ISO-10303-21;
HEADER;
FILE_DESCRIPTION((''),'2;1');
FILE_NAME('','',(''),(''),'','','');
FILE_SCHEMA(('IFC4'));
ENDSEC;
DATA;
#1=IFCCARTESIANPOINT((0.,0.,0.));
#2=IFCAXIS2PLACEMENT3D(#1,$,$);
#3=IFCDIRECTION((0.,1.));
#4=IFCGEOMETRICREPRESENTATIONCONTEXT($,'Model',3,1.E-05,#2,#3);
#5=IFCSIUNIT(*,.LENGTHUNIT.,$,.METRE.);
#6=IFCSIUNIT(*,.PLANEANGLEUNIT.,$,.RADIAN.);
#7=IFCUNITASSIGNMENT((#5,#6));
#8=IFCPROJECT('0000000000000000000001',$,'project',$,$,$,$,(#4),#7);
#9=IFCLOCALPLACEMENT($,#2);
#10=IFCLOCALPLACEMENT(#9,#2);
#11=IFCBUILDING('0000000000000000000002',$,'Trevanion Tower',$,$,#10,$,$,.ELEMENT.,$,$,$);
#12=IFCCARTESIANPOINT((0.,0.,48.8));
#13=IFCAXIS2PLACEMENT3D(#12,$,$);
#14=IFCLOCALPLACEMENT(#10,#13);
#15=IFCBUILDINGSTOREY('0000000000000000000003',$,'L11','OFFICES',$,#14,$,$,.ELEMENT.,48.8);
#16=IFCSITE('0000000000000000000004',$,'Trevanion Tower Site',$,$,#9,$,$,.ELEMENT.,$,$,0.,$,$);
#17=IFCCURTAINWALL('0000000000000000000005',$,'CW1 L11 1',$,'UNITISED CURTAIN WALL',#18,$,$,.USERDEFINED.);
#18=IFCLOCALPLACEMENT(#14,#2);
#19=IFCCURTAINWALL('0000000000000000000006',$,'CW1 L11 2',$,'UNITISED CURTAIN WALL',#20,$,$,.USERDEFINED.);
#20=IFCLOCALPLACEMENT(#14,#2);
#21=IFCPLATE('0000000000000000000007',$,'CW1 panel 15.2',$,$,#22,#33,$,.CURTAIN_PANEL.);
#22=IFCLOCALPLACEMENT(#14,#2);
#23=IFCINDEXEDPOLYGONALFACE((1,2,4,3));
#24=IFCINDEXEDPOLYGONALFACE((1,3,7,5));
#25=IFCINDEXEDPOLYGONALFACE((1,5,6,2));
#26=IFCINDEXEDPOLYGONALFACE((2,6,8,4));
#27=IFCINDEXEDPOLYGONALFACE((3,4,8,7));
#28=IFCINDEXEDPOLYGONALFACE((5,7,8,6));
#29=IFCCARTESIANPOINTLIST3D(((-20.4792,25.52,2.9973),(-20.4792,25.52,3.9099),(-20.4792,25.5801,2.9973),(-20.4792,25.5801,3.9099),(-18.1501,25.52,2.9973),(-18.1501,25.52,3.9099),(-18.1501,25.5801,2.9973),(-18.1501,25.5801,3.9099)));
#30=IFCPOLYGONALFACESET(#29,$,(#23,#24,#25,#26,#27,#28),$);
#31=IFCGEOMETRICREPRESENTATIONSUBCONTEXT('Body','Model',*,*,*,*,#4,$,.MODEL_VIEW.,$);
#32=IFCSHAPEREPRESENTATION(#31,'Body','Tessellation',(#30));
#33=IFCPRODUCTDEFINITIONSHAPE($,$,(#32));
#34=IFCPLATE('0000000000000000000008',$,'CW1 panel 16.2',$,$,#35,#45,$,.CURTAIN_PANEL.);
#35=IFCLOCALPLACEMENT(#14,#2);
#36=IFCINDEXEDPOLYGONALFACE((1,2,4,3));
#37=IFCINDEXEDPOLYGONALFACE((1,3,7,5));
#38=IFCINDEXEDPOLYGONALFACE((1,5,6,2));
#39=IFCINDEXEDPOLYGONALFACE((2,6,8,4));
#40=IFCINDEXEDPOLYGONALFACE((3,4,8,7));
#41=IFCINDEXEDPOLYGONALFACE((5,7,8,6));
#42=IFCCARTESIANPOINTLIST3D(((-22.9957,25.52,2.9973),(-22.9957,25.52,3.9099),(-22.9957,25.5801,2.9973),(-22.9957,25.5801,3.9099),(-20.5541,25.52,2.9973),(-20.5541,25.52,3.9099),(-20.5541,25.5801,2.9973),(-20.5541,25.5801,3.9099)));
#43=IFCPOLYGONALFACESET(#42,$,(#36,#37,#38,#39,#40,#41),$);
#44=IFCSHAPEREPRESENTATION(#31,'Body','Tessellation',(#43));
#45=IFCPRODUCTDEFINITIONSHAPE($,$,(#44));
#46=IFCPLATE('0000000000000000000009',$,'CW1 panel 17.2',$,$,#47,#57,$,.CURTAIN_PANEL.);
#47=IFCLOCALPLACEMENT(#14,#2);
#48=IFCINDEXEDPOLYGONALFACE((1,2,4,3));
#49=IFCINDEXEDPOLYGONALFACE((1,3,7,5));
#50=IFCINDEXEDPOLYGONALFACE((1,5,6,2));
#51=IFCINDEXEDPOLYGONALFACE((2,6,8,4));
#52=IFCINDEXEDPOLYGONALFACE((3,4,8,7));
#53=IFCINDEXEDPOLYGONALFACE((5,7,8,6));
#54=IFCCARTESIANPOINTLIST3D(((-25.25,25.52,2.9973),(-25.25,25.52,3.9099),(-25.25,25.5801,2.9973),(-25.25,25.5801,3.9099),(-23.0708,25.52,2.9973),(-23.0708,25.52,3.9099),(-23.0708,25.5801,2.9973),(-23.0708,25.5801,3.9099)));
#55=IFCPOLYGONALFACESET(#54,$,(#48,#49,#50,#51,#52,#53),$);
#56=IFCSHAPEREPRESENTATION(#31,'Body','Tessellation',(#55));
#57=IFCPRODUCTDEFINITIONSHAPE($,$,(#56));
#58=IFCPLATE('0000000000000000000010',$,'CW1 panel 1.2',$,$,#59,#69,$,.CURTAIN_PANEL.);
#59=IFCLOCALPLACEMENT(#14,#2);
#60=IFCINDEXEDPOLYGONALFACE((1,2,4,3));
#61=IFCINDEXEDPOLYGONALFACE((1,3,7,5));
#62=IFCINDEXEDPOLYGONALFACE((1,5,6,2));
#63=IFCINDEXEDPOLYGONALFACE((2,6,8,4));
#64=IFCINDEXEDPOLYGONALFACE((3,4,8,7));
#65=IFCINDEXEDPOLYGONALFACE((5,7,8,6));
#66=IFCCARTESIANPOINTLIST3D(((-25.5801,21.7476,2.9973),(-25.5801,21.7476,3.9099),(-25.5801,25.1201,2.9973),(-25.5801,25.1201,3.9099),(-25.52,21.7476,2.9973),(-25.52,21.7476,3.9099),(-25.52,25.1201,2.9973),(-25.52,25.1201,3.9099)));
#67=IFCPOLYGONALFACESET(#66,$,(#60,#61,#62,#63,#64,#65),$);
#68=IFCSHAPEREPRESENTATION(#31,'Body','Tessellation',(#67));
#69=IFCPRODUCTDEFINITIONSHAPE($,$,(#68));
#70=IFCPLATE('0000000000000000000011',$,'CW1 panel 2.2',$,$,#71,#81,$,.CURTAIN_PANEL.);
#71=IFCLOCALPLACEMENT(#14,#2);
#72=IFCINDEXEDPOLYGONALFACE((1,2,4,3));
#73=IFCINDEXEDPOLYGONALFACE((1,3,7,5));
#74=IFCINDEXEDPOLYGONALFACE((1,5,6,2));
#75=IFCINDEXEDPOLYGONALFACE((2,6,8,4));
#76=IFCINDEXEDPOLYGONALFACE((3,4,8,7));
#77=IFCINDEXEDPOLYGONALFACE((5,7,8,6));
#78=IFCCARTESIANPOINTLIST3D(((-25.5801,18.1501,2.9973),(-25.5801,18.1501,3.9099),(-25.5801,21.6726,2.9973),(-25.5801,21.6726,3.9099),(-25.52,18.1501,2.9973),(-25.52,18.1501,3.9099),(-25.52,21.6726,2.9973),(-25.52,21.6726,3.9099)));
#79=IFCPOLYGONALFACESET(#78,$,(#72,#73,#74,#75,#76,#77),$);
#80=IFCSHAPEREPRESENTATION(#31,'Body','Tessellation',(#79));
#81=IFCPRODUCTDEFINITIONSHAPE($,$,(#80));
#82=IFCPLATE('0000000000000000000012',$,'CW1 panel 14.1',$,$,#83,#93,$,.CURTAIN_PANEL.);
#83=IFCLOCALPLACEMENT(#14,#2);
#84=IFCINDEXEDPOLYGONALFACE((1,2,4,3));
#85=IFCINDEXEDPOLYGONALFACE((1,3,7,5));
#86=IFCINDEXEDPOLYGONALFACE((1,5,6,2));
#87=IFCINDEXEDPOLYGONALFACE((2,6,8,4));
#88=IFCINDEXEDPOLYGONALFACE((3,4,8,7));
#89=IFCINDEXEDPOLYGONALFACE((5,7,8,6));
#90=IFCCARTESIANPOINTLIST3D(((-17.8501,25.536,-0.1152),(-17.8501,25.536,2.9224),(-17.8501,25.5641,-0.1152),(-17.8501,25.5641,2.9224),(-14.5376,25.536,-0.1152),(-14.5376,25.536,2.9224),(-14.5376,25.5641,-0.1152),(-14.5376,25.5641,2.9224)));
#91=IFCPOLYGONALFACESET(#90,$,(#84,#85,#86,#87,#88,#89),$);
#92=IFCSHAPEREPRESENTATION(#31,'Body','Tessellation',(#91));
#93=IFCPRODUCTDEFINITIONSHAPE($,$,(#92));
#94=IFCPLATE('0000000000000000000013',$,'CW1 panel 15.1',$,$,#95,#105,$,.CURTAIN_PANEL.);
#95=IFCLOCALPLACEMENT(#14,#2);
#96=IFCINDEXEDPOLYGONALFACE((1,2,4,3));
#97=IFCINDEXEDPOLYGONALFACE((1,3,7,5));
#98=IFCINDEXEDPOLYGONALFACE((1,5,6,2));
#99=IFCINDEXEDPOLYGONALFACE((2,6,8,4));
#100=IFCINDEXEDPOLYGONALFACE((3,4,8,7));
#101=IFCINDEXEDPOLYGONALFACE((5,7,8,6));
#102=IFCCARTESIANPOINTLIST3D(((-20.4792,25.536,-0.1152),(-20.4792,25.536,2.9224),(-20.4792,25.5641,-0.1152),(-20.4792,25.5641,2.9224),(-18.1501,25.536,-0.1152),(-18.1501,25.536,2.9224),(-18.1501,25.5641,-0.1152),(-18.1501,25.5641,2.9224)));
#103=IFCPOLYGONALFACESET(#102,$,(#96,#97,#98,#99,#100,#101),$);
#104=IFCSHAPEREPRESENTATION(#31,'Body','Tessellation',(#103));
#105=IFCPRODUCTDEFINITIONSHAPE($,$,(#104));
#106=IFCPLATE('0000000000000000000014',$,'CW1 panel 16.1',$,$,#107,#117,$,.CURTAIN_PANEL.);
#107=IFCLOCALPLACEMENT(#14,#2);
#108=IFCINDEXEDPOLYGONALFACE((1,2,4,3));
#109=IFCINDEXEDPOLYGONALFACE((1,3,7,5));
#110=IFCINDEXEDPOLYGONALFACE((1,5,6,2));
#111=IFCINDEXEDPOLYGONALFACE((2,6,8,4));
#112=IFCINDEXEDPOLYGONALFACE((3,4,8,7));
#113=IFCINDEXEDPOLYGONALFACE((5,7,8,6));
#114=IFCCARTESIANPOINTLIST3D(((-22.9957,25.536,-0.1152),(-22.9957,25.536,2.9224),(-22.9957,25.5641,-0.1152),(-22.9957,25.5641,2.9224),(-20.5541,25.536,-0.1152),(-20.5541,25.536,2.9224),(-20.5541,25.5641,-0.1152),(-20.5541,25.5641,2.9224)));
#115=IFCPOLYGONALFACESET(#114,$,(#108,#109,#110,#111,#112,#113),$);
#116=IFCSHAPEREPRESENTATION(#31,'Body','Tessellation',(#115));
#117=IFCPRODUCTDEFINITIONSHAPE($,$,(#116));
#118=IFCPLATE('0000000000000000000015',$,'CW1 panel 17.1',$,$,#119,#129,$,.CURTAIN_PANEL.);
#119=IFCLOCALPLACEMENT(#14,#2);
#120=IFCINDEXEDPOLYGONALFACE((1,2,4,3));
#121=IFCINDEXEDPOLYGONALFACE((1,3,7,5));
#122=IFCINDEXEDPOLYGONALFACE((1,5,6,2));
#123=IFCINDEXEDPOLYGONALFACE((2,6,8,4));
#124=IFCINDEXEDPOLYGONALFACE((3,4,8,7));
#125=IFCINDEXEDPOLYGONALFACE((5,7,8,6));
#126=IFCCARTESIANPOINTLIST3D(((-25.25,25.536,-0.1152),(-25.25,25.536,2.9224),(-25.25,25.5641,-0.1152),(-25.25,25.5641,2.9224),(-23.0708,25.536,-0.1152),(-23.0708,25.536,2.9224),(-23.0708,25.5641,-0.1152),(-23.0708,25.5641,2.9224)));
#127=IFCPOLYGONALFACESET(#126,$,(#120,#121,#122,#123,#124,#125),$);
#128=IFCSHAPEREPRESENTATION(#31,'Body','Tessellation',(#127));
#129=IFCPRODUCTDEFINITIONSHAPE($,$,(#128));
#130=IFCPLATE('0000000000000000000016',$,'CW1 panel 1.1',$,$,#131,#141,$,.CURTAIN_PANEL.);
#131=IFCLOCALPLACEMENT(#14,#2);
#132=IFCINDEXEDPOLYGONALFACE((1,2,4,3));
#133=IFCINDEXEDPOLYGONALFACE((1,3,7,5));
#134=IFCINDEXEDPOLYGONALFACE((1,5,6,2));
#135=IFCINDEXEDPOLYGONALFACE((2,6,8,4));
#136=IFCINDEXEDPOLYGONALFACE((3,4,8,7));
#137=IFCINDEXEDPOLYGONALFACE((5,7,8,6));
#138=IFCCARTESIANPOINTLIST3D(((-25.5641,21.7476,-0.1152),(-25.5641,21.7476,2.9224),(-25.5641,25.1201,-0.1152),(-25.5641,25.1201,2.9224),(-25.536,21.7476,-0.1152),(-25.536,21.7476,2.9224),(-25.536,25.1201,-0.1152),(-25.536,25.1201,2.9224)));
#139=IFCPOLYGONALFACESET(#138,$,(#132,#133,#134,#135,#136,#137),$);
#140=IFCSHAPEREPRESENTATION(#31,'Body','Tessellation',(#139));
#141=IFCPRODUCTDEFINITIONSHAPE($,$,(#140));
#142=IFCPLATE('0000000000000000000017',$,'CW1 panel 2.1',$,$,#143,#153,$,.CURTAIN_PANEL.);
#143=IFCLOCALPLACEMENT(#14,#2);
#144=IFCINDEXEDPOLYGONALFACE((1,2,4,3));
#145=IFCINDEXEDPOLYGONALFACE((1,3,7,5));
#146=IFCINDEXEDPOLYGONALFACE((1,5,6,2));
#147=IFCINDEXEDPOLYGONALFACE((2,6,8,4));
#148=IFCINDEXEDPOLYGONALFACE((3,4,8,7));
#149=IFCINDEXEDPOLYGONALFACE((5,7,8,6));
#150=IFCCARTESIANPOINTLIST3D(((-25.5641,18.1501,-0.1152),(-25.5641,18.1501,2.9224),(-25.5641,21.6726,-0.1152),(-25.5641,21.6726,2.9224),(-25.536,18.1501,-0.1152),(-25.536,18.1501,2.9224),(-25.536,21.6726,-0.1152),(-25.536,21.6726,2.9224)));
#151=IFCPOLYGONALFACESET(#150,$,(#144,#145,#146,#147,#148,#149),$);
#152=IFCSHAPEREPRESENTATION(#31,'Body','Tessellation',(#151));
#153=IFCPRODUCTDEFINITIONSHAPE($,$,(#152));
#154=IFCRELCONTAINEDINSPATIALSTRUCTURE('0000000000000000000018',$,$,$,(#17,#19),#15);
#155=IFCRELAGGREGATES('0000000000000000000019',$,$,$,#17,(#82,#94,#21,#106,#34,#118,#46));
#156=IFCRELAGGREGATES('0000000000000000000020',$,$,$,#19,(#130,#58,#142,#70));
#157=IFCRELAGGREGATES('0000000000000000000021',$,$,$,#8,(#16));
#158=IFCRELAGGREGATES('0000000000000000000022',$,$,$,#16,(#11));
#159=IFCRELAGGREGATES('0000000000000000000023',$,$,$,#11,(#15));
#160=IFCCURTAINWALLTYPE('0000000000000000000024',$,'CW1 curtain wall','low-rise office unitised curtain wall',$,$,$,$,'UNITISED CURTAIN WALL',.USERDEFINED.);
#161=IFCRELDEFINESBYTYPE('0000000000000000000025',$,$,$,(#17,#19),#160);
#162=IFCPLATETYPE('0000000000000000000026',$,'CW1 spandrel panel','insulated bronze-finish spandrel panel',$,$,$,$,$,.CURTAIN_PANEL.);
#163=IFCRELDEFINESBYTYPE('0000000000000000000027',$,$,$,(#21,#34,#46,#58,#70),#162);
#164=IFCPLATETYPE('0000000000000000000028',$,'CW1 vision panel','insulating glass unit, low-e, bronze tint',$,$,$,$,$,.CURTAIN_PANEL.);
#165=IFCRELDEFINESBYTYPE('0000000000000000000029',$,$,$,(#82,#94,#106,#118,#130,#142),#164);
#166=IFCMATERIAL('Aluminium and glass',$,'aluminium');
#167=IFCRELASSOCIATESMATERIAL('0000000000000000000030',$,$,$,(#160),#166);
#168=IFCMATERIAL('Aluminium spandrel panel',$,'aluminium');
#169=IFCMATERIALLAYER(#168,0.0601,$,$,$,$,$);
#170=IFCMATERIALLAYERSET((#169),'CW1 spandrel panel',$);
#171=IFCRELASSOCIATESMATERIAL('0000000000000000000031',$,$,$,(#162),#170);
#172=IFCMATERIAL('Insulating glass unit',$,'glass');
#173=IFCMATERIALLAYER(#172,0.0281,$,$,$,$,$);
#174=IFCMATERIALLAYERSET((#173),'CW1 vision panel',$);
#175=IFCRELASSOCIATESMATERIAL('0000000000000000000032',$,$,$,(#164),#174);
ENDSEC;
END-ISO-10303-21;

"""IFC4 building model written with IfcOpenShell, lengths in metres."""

from ifc_helpers import new_model, si_unit, direction, frame, origin, origin_2d, place, context, subcontext, project, spatial, rectangle, extrude, material, layer, layer_set, type_object, element, aggregate, save


model = new_model("IFC4")

# Units and contexts
model_context = context("Model", 3, precision=1e-05, world=origin(), true_north=direction((0.0, 1.0)))
body_context = subcontext(model_context, "Body", "Model", "MODEL_VIEW")
ifc_project = project(units=[si_unit("LENGTHUNIT", "METRE"), si_unit("PLANEANGLEUNIT", "RADIAN")], contexts=[model_context])

# Site, building, storey
site_placement = place(None, origin())
site = spatial("IfcSite", under=ifc_project, at=site_placement, Name="Trevanion Tower Site", CompositionType="ELEMENT", RefElevation=0.0)
building_placement = place(site_placement, origin())
building = spatial("IfcBuilding", under=site, at=building_placement, Name="Trevanion Tower", CompositionType="ELEMENT")
storey_placement = place(building_placement, frame((0.0, 0.0, 48.8)))
storey = spatial("IfcBuildingStorey", under=building, at=storey_placement, Name="L11", Description="OFFICES", CompositionType="ELEMENT", Elevation=48.8)

# Curtain wall
ifc_material_1 = material(Name="Aluminium and glass", Category="aluminium")
curtain_wall_type = type_object("IfcCurtainWallType", Name="CW1 curtain wall", Description="low-rise office unitised curtain wall", ElementType="UNITISED CURTAIN WALL", PredefinedType="USERDEFINED", material=ifc_material_1)
curtain_wall_1_placement = place(storey_placement, origin())
curtain_wall_1 = element("IfcCurtainWall", 1, at=curtain_wall_1_placement, inside=storey, type_object=curtain_wall_type, Name="CW1 L11 1", ObjectType="UNITISED CURTAIN WALL", PredefinedType="USERDEFINED")

# Curtain wall
curtain_wall_2_placement = place(storey_placement, origin())
curtain_wall_2 = element("IfcCurtainWall", 2, at=curtain_wall_2_placement, inside=storey, type_object=curtain_wall_type, Name="CW1 L11 2", ObjectType="UNITISED CURTAIN WALL", PredefinedType="USERDEFINED")

# Plates
ifc_material_2 = material(Name="Aluminium spandrel panel", Category="aluminium")
ifc_layer_1 = layer(ifc_material_2, 0.0601)
ifc_layer_set_1 = layer_set([ifc_layer_1], Name="CW1 spandrel panel")
plate_type_1 = type_object("IfcPlateType", Name="CW1 spandrel panel", Description="insulated bronze-finish spandrel panel", PredefinedType="CURTAIN_PANEL", material=ifc_layer_set_1)
plate_1_placement = place(storey_placement, frame((-19.3147, 25.55, 2.9973), z_axis=(0.0, 0.0, 1.0), x_axis=(-1.0, 0.0, 0.0)))
plate_1 = element("IfcPlate", 3, at=plate_1_placement, type_object=plate_type_1, Name="CW1 panel 15.2", PredefinedType="CURTAIN_PANEL", context=body_context, shape_type="SweptSolid", body=[
    extrude(rectangle(XDim=2.3291, YDim=0.0601, at=origin_2d()), origin(), (0.0, 0.0, 1.0), 0.9126),
])
plate_2_placement = place(storey_placement, frame((-21.7749, 25.55, 2.9973), z_axis=(0.0, 0.0, 1.0), x_axis=(-1.0, 0.0, 0.0)))
plate_2 = element("IfcPlate", 4, at=plate_2_placement, type_object=plate_type_1, Name="CW1 panel 16.2", PredefinedType="CURTAIN_PANEL", context=body_context, shape_type="SweptSolid", body=[
    extrude(rectangle(XDim=2.4417, YDim=0.0601, at=origin_2d()), origin(), (0.0, 0.0, 1.0), 0.9126),
])
plate_3_placement = place(storey_placement, frame((-24.1604, 25.55, 2.9973), z_axis=(0.0, 0.0, 1.0), x_axis=(-1.0, 0.0, 0.0)))
plate_3 = element("IfcPlate", 5, at=plate_3_placement, type_object=plate_type_1, Name="CW1 panel 17.2", PredefinedType="CURTAIN_PANEL", context=body_context, shape_type="SweptSolid", body=[
    extrude(rectangle(XDim=2.1792, YDim=0.0601, at=origin_2d()), origin(), (0.0, 0.0, 1.0), 0.9126),
])
plate_4_placement = place(storey_placement, frame((-25.55, 23.4338, 2.9973), z_axis=(0.0, 0.0, 1.0), x_axis=(0.0, -1.0, 0.0)))
plate_4 = element("IfcPlate", 6, at=plate_4_placement, type_object=plate_type_1, Name="CW1 panel 1.2", PredefinedType="CURTAIN_PANEL", context=body_context, shape_type="SweptSolid", body=[
    extrude(rectangle(XDim=3.3726, YDim=0.0601, at=origin_2d()), origin(), (0.0, 0.0, 1.0), 0.9126),
])
plate_5_placement = place(storey_placement, frame((-25.55, 19.9114, 2.9973), z_axis=(0.0, 0.0, 1.0), x_axis=(0.0, -1.0, 0.0)))
plate_5 = element("IfcPlate", 7, at=plate_5_placement, type_object=plate_type_1, Name="CW1 panel 2.2", PredefinedType="CURTAIN_PANEL", context=body_context, shape_type="SweptSolid", body=[
    extrude(rectangle(XDim=3.5225, YDim=0.0601, at=origin_2d()), origin(), (0.0, 0.0, 1.0), 0.9126),
])
ifc_material_3 = material(Name="Insulating glass unit", Category="glass")
ifc_layer_2 = layer(ifc_material_3, 0.0281)
ifc_layer_set_2 = layer_set([ifc_layer_2], Name="CW1 vision panel")
plate_type_2 = type_object("IfcPlateType", Name="CW1 vision panel", Description="insulating glass unit, low-e, bronze tint", PredefinedType="CURTAIN_PANEL", material=ifc_layer_set_2)
plate_6_placement = place(storey_placement, frame((-16.1938, 25.55, -0.1152), z_axis=(0.0, 0.0, 1.0), x_axis=(-1.0, 0.0, 0.0)))
plate_6 = element("IfcPlate", 8, at=plate_6_placement, type_object=plate_type_2, Name="CW1 panel 14.1", PredefinedType="CURTAIN_PANEL", context=body_context, shape_type="SweptSolid", body=[
    extrude(rectangle(XDim=3.3125, YDim=0.0281, at=origin_2d()), origin(), (0.0, 0.0, 1.0), 3.0376),
])
plate_7_placement = place(storey_placement, frame((-19.3147, 25.55, -0.1152), z_axis=(0.0, 0.0, 1.0), x_axis=(-1.0, 0.0, 0.0)))
plate_7 = element("IfcPlate", 9, at=plate_7_placement, type_object=plate_type_2, Name="CW1 panel 15.1", PredefinedType="CURTAIN_PANEL", context=body_context, shape_type="SweptSolid", body=[
    extrude(rectangle(XDim=2.3291, YDim=0.0281, at=origin_2d()), origin(), (0.0, 0.0, 1.0), 3.0376),
])
plate_8_placement = place(storey_placement, frame((-21.7749, 25.55, -0.1152), z_axis=(0.0, 0.0, 1.0), x_axis=(-1.0, 0.0, 0.0)))
plate_8 = element("IfcPlate", 10, at=plate_8_placement, type_object=plate_type_2, Name="CW1 panel 16.1", PredefinedType="CURTAIN_PANEL", context=body_context, shape_type="SweptSolid", body=[
    extrude(rectangle(XDim=2.4417, YDim=0.0281, at=origin_2d()), origin(), (0.0, 0.0, 1.0), 3.0376),
])
plate_9_placement = place(storey_placement, frame((-24.1604, 25.55, -0.1152), z_axis=(0.0, 0.0, 1.0), x_axis=(-1.0, 0.0, 0.0)))
plate_9 = element("IfcPlate", 11, at=plate_9_placement, type_object=plate_type_2, Name="CW1 panel 17.1", PredefinedType="CURTAIN_PANEL", context=body_context, shape_type="SweptSolid", body=[
    extrude(rectangle(XDim=2.1792, YDim=0.0281, at=origin_2d()), origin(), (0.0, 0.0, 1.0), 3.0376),
])
aggregate(curtain_wall_1, [plate_6, plate_7, plate_1, plate_8, plate_2, plate_9, plate_3])
plate_10_placement = place(storey_placement, frame((-25.55, 23.4338, -0.1152), z_axis=(0.0, 0.0, 1.0), x_axis=(0.0, -1.0, 0.0)))
plate_10 = element("IfcPlate", 12, at=plate_10_placement, type_object=plate_type_2, Name="CW1 panel 1.1", PredefinedType="CURTAIN_PANEL", context=body_context, shape_type="SweptSolid", body=[
    extrude(rectangle(XDim=3.3726, YDim=0.0281, at=origin_2d()), origin(), (0.0, 0.0, 1.0), 3.0376),
])
plate_11_placement = place(storey_placement, frame((-25.55, 19.9114, -0.1152), z_axis=(0.0, 0.0, 1.0), x_axis=(0.0, -1.0, 0.0)))
plate_11 = element("IfcPlate", 13, at=plate_11_placement, type_object=plate_type_2, Name="CW1 panel 2.1", PredefinedType="CURTAIN_PANEL", context=body_context, shape_type="SweptSolid", body=[
    extrude(rectangle(XDim=3.5225, YDim=0.0281, at=origin_2d()), origin(), (0.0, 0.0, 1.0), 3.0376),
])
aggregate(curtain_wall_2, [plate_10, plate_4, plate_11, plate_5])

save(model, "model.ifc")
